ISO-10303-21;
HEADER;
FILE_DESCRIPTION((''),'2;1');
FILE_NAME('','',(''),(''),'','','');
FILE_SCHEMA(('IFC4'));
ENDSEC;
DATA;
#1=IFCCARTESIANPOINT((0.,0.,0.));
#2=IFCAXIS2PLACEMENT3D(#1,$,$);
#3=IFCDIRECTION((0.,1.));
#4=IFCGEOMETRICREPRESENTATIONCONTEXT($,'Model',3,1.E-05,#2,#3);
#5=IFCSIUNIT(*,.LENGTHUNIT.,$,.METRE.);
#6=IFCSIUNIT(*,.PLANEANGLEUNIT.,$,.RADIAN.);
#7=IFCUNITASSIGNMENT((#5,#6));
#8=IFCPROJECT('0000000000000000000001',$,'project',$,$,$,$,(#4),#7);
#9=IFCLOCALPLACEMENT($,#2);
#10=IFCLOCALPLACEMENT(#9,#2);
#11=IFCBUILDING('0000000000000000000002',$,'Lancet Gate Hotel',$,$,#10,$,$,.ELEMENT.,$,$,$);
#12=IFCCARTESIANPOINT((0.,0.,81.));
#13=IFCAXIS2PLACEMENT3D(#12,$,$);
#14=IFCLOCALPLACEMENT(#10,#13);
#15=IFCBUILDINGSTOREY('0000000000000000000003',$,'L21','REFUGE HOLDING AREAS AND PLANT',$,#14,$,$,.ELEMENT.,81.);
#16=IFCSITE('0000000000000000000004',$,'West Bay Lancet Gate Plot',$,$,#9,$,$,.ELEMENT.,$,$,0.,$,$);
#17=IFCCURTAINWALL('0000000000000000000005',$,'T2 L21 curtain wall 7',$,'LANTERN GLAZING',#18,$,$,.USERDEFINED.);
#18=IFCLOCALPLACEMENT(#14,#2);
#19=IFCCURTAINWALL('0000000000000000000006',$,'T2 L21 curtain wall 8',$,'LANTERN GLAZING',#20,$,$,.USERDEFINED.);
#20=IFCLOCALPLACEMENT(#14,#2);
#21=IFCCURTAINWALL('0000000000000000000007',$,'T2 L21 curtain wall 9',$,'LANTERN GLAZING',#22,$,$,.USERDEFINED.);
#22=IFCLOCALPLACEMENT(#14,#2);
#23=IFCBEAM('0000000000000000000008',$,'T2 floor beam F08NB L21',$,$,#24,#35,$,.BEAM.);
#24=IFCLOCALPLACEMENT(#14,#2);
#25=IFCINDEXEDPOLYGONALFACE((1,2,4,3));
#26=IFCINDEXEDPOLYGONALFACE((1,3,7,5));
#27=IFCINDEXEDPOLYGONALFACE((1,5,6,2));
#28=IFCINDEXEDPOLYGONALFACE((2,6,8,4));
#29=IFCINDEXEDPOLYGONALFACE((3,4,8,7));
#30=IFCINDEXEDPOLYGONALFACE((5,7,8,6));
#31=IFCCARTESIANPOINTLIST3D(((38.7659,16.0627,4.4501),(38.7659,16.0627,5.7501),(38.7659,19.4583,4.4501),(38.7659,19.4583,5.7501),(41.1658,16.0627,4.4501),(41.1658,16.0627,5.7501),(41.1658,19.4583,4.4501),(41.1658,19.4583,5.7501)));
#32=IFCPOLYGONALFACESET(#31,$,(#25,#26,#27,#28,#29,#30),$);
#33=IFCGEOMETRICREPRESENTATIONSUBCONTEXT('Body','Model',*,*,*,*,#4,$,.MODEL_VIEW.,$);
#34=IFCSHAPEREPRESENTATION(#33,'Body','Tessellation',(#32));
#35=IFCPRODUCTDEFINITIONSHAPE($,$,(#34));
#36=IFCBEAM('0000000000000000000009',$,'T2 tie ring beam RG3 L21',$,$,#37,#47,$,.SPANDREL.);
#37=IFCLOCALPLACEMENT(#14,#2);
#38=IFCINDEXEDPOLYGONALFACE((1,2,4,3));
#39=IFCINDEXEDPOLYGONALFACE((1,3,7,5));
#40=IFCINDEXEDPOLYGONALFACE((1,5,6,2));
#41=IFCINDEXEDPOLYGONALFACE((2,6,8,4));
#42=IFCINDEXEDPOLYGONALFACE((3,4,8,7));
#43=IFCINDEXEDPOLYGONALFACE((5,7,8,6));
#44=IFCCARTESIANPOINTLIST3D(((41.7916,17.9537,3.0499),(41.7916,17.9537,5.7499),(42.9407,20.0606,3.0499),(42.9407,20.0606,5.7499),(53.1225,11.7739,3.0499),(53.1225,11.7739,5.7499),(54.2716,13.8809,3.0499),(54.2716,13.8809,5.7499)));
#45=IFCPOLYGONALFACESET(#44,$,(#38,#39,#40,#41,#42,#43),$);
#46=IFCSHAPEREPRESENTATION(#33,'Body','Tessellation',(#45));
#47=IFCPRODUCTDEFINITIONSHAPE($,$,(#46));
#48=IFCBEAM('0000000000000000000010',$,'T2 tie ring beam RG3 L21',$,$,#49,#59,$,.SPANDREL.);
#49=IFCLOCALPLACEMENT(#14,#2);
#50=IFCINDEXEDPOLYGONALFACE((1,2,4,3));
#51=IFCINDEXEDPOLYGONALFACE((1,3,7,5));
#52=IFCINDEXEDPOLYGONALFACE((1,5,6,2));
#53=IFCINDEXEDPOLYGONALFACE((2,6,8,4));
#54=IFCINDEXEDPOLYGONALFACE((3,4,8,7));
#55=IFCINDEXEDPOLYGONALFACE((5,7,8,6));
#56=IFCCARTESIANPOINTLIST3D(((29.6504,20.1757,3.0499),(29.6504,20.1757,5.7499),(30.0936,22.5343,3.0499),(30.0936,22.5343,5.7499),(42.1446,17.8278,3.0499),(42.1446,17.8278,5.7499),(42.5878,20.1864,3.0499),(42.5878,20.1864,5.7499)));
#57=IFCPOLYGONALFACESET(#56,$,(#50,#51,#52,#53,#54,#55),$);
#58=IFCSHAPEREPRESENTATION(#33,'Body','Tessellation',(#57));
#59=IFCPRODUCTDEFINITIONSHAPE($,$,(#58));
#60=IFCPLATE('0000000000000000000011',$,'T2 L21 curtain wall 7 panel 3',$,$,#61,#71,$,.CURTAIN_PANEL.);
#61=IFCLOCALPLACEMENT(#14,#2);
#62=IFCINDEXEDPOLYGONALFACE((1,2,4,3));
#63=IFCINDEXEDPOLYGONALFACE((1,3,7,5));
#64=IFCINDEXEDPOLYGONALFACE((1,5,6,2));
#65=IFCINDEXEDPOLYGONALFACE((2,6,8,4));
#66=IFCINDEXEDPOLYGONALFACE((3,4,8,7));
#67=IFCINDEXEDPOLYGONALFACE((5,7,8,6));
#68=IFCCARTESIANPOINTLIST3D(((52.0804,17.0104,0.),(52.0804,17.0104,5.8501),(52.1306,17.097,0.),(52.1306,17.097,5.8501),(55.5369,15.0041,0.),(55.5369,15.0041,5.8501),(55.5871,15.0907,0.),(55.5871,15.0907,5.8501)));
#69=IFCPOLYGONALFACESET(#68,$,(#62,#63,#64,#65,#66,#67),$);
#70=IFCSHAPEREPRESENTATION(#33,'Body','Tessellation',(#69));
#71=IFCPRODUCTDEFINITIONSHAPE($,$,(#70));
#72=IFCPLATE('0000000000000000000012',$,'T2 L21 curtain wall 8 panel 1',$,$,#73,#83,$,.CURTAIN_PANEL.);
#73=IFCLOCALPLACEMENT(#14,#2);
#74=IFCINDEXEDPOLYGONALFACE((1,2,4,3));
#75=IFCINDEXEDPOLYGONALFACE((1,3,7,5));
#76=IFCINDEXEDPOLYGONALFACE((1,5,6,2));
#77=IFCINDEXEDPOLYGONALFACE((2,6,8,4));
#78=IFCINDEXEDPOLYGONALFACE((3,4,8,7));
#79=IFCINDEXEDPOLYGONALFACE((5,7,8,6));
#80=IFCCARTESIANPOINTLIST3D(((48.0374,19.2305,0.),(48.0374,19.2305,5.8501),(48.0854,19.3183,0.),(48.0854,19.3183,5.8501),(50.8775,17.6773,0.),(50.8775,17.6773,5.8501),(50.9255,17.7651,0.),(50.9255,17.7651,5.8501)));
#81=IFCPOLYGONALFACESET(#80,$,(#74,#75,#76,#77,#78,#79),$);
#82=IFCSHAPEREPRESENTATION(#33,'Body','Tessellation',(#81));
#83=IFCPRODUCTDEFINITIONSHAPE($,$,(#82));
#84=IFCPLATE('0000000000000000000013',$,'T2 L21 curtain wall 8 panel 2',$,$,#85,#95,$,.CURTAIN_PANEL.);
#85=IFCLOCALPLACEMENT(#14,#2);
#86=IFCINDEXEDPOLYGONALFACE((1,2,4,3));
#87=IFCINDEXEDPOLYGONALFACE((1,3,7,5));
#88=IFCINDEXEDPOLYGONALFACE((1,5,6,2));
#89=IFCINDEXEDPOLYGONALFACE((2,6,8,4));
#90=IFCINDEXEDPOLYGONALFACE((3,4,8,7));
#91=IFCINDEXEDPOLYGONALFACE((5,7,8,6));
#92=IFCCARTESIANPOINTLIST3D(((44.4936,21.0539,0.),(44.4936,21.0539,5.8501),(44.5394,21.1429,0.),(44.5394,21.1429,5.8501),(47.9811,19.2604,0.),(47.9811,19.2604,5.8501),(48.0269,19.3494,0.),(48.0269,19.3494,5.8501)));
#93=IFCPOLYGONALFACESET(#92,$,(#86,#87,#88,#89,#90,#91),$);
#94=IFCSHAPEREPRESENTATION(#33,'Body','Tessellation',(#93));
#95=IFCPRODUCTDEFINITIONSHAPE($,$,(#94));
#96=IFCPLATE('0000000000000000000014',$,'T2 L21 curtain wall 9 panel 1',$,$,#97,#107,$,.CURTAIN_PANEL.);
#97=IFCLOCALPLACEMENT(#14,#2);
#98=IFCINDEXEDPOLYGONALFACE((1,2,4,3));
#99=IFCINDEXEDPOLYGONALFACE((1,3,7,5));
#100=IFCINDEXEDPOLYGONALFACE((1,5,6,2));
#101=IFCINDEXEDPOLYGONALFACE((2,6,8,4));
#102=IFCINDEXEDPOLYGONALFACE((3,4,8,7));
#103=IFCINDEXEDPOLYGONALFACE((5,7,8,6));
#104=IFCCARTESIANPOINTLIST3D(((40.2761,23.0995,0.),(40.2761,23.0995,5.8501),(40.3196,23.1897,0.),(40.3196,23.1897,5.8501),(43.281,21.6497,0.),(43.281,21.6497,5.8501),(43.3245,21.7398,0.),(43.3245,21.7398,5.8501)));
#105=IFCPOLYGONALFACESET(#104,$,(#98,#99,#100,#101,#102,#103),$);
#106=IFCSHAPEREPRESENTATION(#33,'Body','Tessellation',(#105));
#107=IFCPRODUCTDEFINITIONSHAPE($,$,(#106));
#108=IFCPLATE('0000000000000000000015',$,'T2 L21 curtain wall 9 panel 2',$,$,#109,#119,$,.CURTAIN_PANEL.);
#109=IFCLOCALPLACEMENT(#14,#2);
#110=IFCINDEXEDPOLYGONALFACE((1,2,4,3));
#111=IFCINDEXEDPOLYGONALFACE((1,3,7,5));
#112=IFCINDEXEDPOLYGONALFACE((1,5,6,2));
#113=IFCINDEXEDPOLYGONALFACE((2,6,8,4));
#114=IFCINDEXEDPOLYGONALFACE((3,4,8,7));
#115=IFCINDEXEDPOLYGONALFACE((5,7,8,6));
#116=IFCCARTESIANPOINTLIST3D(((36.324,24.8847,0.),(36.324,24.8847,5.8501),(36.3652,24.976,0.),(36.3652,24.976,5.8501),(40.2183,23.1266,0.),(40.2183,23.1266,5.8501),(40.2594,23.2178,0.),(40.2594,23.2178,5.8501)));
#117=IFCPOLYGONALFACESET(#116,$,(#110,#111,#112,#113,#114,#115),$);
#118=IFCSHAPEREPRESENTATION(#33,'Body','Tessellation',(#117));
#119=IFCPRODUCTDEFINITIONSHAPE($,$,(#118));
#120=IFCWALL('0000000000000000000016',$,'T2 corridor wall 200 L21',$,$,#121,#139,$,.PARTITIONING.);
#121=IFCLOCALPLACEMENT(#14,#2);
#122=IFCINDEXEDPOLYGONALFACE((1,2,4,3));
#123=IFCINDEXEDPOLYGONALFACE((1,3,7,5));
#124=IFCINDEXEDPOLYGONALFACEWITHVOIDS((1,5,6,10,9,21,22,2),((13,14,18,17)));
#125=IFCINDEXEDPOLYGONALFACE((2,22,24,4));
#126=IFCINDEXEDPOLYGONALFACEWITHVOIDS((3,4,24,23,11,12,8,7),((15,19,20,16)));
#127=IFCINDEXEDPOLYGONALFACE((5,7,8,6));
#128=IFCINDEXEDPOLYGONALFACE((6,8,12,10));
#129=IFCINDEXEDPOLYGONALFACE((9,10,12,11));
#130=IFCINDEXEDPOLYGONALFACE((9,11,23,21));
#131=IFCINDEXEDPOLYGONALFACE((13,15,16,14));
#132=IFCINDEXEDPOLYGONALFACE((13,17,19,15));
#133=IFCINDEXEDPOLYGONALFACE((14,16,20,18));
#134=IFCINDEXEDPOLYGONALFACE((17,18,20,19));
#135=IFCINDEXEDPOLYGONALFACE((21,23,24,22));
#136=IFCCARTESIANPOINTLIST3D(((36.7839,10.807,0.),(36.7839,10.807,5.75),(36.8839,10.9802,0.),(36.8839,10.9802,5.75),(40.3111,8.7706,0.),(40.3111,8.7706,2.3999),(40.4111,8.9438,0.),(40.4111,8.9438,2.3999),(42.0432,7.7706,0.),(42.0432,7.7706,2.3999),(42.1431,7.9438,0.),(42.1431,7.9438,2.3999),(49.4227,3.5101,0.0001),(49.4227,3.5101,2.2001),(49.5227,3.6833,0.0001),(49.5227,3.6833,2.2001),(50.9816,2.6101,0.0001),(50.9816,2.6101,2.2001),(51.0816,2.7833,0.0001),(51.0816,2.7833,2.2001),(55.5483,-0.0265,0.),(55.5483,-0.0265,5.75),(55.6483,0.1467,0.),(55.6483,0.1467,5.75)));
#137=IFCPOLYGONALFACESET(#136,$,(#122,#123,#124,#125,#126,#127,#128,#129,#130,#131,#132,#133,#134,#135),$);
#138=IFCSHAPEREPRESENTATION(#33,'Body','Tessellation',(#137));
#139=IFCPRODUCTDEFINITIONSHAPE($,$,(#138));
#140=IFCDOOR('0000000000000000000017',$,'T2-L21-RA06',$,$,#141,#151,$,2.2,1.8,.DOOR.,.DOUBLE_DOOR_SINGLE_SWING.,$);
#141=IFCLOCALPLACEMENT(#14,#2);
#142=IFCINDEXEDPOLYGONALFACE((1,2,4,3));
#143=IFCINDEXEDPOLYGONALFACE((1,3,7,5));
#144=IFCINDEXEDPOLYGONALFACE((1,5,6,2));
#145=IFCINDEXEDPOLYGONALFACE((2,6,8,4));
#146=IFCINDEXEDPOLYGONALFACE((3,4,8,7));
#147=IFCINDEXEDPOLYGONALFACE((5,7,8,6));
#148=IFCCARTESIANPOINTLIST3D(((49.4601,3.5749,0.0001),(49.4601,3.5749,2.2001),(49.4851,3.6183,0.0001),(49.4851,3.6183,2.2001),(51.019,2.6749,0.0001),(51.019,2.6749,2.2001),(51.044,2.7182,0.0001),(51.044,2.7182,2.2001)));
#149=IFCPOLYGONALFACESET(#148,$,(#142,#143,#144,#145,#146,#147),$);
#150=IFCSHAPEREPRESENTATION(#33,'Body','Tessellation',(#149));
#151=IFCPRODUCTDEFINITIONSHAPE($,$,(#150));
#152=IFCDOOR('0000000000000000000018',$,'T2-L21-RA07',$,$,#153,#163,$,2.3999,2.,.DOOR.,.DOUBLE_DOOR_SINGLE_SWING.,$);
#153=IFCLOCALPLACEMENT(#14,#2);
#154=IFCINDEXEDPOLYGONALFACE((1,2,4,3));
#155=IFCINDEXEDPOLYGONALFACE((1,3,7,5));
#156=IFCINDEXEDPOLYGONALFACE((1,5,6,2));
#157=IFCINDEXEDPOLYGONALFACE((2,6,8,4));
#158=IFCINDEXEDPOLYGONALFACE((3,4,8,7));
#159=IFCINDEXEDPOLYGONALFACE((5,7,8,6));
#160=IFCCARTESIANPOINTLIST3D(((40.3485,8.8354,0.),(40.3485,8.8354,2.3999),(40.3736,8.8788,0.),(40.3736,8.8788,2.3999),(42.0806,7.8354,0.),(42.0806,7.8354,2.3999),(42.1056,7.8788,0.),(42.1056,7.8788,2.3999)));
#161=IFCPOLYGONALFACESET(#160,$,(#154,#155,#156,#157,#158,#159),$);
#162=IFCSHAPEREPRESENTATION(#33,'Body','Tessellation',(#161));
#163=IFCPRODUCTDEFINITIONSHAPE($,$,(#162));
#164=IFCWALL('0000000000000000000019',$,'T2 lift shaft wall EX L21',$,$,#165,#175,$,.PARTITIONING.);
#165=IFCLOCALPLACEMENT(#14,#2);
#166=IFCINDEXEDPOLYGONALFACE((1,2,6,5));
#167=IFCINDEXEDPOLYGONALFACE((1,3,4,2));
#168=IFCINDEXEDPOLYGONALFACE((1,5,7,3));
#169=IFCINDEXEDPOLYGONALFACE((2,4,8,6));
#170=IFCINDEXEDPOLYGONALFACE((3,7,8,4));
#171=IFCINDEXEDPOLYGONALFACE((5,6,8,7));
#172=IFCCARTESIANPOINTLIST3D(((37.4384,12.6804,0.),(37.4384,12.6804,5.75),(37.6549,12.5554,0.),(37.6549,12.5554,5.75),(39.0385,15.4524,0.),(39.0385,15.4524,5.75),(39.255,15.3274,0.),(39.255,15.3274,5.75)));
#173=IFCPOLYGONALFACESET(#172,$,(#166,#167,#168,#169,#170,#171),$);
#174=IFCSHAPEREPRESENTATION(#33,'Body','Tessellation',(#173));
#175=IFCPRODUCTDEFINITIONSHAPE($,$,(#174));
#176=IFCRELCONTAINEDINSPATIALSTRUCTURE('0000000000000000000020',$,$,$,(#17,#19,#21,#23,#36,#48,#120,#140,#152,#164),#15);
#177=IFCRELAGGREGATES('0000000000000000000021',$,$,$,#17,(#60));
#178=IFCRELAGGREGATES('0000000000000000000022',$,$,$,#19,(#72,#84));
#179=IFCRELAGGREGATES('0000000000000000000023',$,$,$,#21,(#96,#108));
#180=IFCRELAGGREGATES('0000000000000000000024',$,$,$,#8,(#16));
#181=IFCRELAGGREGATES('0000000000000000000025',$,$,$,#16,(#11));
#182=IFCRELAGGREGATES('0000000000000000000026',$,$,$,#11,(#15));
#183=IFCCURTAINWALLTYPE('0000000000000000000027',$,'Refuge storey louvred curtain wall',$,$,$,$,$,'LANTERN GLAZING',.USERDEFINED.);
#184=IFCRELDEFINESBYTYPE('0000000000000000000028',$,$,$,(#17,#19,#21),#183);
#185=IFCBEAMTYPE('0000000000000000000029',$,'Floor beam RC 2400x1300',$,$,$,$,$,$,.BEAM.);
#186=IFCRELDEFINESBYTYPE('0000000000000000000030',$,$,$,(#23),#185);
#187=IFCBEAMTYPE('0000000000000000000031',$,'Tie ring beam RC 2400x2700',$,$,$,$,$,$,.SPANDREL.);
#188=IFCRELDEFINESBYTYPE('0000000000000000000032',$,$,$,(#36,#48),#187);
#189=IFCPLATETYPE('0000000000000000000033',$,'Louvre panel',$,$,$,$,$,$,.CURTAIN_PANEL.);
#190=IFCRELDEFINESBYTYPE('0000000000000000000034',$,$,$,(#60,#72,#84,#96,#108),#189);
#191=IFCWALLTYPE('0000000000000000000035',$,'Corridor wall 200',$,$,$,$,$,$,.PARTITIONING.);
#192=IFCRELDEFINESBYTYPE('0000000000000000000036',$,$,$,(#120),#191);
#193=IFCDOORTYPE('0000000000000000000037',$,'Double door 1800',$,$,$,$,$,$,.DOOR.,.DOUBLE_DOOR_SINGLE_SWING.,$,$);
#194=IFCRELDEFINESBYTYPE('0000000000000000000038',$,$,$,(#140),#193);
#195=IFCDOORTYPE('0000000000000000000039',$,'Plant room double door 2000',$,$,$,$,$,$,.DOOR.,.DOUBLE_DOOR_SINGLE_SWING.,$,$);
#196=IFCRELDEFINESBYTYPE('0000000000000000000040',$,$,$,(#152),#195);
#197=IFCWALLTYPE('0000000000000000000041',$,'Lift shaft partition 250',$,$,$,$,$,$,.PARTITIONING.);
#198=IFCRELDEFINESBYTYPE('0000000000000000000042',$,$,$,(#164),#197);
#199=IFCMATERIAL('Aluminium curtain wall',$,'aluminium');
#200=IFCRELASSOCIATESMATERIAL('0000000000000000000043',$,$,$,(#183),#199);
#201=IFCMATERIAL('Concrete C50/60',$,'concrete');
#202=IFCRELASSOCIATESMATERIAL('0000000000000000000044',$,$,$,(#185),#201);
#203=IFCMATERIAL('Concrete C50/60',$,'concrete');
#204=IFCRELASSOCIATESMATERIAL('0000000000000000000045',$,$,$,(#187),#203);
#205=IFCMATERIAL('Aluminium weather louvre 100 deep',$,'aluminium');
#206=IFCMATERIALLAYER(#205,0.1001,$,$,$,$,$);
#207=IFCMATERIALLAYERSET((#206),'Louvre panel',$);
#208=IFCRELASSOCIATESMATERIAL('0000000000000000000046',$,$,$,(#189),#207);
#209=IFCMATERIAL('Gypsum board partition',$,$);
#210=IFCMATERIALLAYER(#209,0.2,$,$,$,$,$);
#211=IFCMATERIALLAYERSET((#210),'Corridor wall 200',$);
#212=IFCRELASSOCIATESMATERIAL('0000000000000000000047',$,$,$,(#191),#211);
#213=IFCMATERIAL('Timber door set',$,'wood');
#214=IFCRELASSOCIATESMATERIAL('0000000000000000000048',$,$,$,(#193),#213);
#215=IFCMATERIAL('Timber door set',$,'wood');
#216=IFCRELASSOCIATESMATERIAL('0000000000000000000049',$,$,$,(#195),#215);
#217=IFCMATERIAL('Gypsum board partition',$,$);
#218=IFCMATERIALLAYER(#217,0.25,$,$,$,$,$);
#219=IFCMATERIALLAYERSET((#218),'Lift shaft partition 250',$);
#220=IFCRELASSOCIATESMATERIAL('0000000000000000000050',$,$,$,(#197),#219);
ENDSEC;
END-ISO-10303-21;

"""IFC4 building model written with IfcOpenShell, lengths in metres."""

from ifc_helpers import new_model, si_unit, direction, frame, frame_2d, origin, origin_2d, place, context, subcontext, project, spatial, rectangle, extrude, material, layer, layer_set, material_profile, profile_set, type_object, element, fill, aggregate, save


model = new_model("IFC4")

# Units and contexts
model_context = context("Model", 3, precision=1e-05, world=origin(), true_north=direction((0.0, 1.0)))
body_context = subcontext(model_context, "Body", "Model", "MODEL_VIEW")
ifc_project = project(units=[si_unit("LENGTHUNIT", "METRE"), si_unit("PLANEANGLEUNIT", "RADIAN")], contexts=[model_context])

# Site, building, storey
site_placement = place(None, origin())
site = spatial("IfcSite", under=ifc_project, at=site_placement, Name="West Bay Lancet Gate Plot", CompositionType="ELEMENT", RefElevation=0.0)
building_placement = place(site_placement, origin())
building = spatial("IfcBuilding", under=site, at=building_placement, Name="Lancet Gate Hotel", CompositionType="ELEMENT")
storey_placement = place(building_placement, frame((0.0, 0.0, 81.0)))
storey = spatial("IfcBuildingStorey", under=building, at=storey_placement, Name="L21", Description="REFUGE HOLDING AREAS AND PLANT", CompositionType="ELEMENT", Elevation=81.0)

# Curtain wall
ifc_material_1 = material(Name="Aluminium curtain wall", Category="aluminium")
curtain_wall_type = type_object("IfcCurtainWallType", Name="Refuge storey louvred curtain wall", ElementType="LANTERN GLAZING", PredefinedType="USERDEFINED", material=ifc_material_1)
curtain_wall_1_placement = place(storey_placement, origin())
curtain_wall_1 = element("IfcCurtainWall", 1, at=curtain_wall_1_placement, inside=storey, type_object=curtain_wall_type, Name="T2 L21 curtain wall 7", ObjectType="LANTERN GLAZING", PredefinedType="USERDEFINED")

# Curtain walls
curtain_wall_2_placement = place(storey_placement, origin())
curtain_wall_2 = element("IfcCurtainWall", 2, at=curtain_wall_2_placement, inside=storey, type_object=curtain_wall_type, Name="T2 L21 curtain wall 8", ObjectType="LANTERN GLAZING", PredefinedType="USERDEFINED")
curtain_wall_3_placement = place(storey_placement, origin())
curtain_wall_3 = element("IfcCurtainWall", 3, at=curtain_wall_3_placement, inside=storey, type_object=curtain_wall_type, Name="T2 L21 curtain wall 9", ObjectType="LANTERN GLAZING", PredefinedType="USERDEFINED")

# Beams
ifc_material_2 = material(Name="Concrete C50/60", Category="concrete")
ifc_material_profile_1 = material_profile(ifc_material_2, rectangle(XDim=2.3999, YDim=1.3, at=origin_2d()), Name="RC 2400x1300")
ifc_profile_set_1 = profile_set([ifc_material_profile_1], Name="Concrete C50/60")
beam_type_1 = type_object("IfcBeamType", Name="Floor beam RC 2400x1300", PredefinedType="BEAM", material=ifc_profile_set_1)
beam_1_placement = place(storey_placement, frame((39.9658, 16.0627, 5.1001), z_axis=(0.0, 1.0, 0.0), x_axis=(-1.0, 0.0, 0.0)))
element("IfcBeam", 4, at=beam_1_placement, inside=storey, type_object=beam_type_1, Name="T2 floor beam F08NB L21", PredefinedType="BEAM", context=body_context, shape_type="SweptSolid", body=[
    extrude(rectangle(XDim=2.3999, YDim=1.3, at=origin_2d()), origin(), (0.0, 0.0, 1.0), 3.3955),
])
ifc_material_3 = material(Name="Concrete C50/60", Category="concrete")
ifc_material_profile_2 = material_profile(ifc_material_3, rectangle(XDim=2.3999, YDim=2.7, at=origin_2d()), Name="RC 2400x2700")
ifc_profile_set_2 = profile_set([ifc_material_profile_2], Name="Concrete C50/60")
beam_type_2 = type_object("IfcBeamType", Name="Tie ring beam RC 2400x2700", PredefinedType="SPANDREL", material=ifc_profile_set_2)
beam_2_placement = place(storey_placement, frame((53.697, 12.8274, 4.3999), z_axis=(-0.87792, 0.478807, 0.0), x_axis=(-0.478807, -0.87792, 0.0)))
element("IfcBeam", 5, at=beam_2_placement, inside=storey, type_object=beam_type_2, Name="T2 tie ring beam RG3 L21", PredefinedType="SPANDREL", context=body_context, shape_type="SweptSolid", body=[
    extrude(rectangle(XDim=2.3999, YDim=2.7, at=origin_2d()), origin(), (0.0, 0.0, 1.0), 12.9065),
])
beam_3_placement = place(storey_placement, frame((42.3662, 19.0071, 4.3999), z_axis=(-0.982797, 0.184687, 0.0), x_axis=(-0.184687, -0.982797, 0.0)))
element("IfcBeam", 6, at=beam_3_placement, inside=storey, type_object=beam_type_2, Name="T2 tie ring beam RG3 L21", PredefinedType="SPANDREL", context=body_context, shape_type="SweptSolid", body=[
    extrude(rectangle(XDim=2.3999, YDim=2.7, at=origin_2d()), origin(), (0.0, 0.0, 1.0), 12.7129),
])

# Plates
ifc_material_4 = material(Name="Aluminium weather louvre 100 deep", Category="aluminium")
ifc_layer_1 = layer(ifc_material_4, 0.1001)
ifc_layer_set_1 = layer_set([ifc_layer_1], Name="Louvre panel")
plate_type = type_object("IfcPlateType", Name="Louvre panel", PredefinedType="CURTAIN_PANEL", material=ifc_layer_set_1)
plate_1_placement = place(storey_placement, frame((53.8337, 16.0505, 0.0), z_axis=(0.0, 0.0, 1.0), x_axis=(-0.864872, 0.501993, 0.0)))
plate_1 = element("IfcPlate", 7, at=plate_1_placement, type_object=plate_type, Name="T2 L21 curtain wall 7 panel 3", PredefinedType="CURTAIN_PANEL", context=body_context, shape_type="SweptSolid", body=[
    extrude(rectangle(XDim=3.9966, YDim=0.1001, at=origin_2d()), origin(), (0.0, 0.0, 1.0), 5.8501),
])
aggregate(curtain_wall_1, [plate_1])
plate_2_placement = place(storey_placement, frame((49.4814, 18.4978, 0.0), z_axis=(0.0, 0.0, 1.0), x_axis=(-0.877368, 0.479818, 0.0)))
plate_2 = element("IfcPlate", 8, at=plate_2_placement, type_object=plate_type, Name="T2 L21 curtain wall 8 panel 1", PredefinedType="CURTAIN_PANEL", context=body_context, shape_type="SweptSolid", body=[
    extrude(rectangle(XDim=3.2371, YDim=0.1001, at=origin_2d()), origin(), (0.0, 0.0, 1.0), 5.8501),
])
plate_3_placement = place(storey_placement, frame((46.2603, 20.2017, 0.0), z_axis=(0.0, 0.0, 1.0), x_axis=(-0.889296, 0.457332, 0.0)))
plate_3 = element("IfcPlate", 9, at=plate_3_placement, type_object=plate_type, Name="T2 L21 curtain wall 8 panel 2", PredefinedType="CURTAIN_PANEL", context=body_context, shape_type="SweptSolid", body=[
    extrude(rectangle(XDim=3.9216, YDim=0.1001, at=origin_2d()), origin(), (0.0, 0.0, 1.0), 5.8501),
])
aggregate(curtain_wall_2, [plate_2, plate_3])
plate_4_placement = place(storey_placement, frame((41.8003, 22.4197, 0.0), z_axis=(0.0, 0.0, 1.0), x_axis=(-0.900647, 0.43455, 0.0)))
plate_4 = element("IfcPlate", 10, at=plate_4_placement, type_object=plate_type, Name="T2 L21 curtain wall 9 panel 1", PredefinedType="CURTAIN_PANEL", context=body_context, shape_type="SweptSolid", body=[
    extrude(rectangle(XDim=3.3364, YDim=0.1001, at=origin_2d()), origin(), (0.0, 0.0, 1.0), 5.8501),
])
plate_5_placement = place(storey_placement, frame((38.2917, 24.0513, 0.0), z_axis=(0.0, 0.0, 1.0), x_axis=(-0.911416, 0.411487, 0.0)))
plate_5 = element("IfcPlate", 11, at=plate_5_placement, type_object=plate_type, Name="T2 L21 curtain wall 9 panel 2", PredefinedType="CURTAIN_PANEL", context=body_context, shape_type="SweptSolid", body=[
    extrude(rectangle(XDim=4.2727, YDim=0.1001, at=origin_2d()), origin(), (0.0, 0.0, 1.0), 5.8501),
])
aggregate(curtain_wall_3, [plate_4, plate_5])

# Wall, openings, doors
ifc_material_5 = material(Name="Gypsum board partition")
ifc_layer_2 = layer(ifc_material_5, 0.2)
ifc_layer_set_2 = layer_set([ifc_layer_2], Name="Corridor wall 200")
wall_type_1 = type_object("IfcWallType", Name="Corridor wall 200", PredefinedType="PARTITIONING", material=ifc_layer_set_2)
wall_1_placement = place(storey_placement, frame((36.834, 10.8936, 0.0), z_axis=(0.0, 0.0, 1.0), x_axis=(0.866028, -0.499995, 0.0)))
wall_1 = element("IfcWall", 12, at=wall_1_placement, inside=storey, type_object=wall_type_1, Name="T2 corridor wall 200 L21", PredefinedType="PARTITIONING", context=body_context, shape_type="SweptSolid", body=[
    extrude(rectangle(XDim=21.6672, YDim=0.2, at=frame_2d((10.8335, 0.0))), origin(), (0.0, 0.0, 1.0), 5.75),
])
opening_1_placement = place(wall_1_placement, frame((14.594, 0.0, 0.0)))
opening_1 = element("IfcOpeningElement", 13, at=opening_1_placement, cuts=wall_1, PredefinedType="OPENING", context=body_context, shape_type="SweptSolid", body=[
    extrude(rectangle(XDim=1.8, YDim=2.2, at=frame_2d((0.8999, 1.1001))), frame((0.0, 0.1099, 0.0), z_axis=(0.0, -1.0, 0.0), x_axis=(1.0, 0.0, 0.0)), (0.0, 0.0, 1.0), 0.22),
])
opening_2_placement = place(wall_1_placement, frame((4.0728, 0.0, 0.0)))
opening_2 = element("IfcOpeningElement", 14, at=opening_2_placement, cuts=wall_1, PredefinedType="OPENING", context=body_context, shape_type="SweptSolid", body=[
    extrude(rectangle(XDim=2.0, YDim=2.3999, at=frame_2d((1.0, 1.2))), frame((0.0, 0.1099, 0.0), z_axis=(0.0, -1.0, 0.0), x_axis=(1.0, 0.0, 0.0)), (0.0, 0.0, 1.0), 0.22),
])
ifc_material_6 = material(Name="Timber door set", Category="wood")
door_type_1 = type_object("IfcDoorType", Name="Double door 1800", OperationType="DOUBLE_DOOR_SINGLE_SWING", PredefinedType="DOOR", material=ifc_material_6)
door_1_placement = place(opening_1_placement, origin())
door_1 = element("IfcDoor", 15, at=door_1_placement, inside=storey, type_object=door_type_1, Name="T2-L21-RA06", OperationType="DOUBLE_DOOR_SINGLE_SWING", OverallHeight=2.2, OverallWidth=1.8, PredefinedType="DOOR", context=body_context, shape_type="SweptSolid", body=[
    extrude(rectangle(XDim=1.8, YDim=2.2, at=frame_2d((0.8999, 1.1001))), frame((0.0, 0.0249, 0.0), z_axis=(0.0, -1.0, 0.0), x_axis=(1.0, 0.0, 0.0)), (0.0, 0.0, 1.0), 0.05),
])
fill(opening_1, door_1)
ifc_material_7 = material(Name="Timber door set", Category="wood")
door_type_2 = type_object("IfcDoorType", Name="Plant room double door 2000", OperationType="DOUBLE_DOOR_SINGLE_SWING", PredefinedType="DOOR", material=ifc_material_7)
door_2_placement = place(opening_2_placement, origin())
door_2 = element("IfcDoor", 16, at=door_2_placement, inside=storey, type_object=door_type_2, Name="T2-L21-RA07", OperationType="DOUBLE_DOOR_SINGLE_SWING", OverallHeight=2.3999, OverallWidth=2.0, PredefinedType="DOOR", context=body_context, shape_type="SweptSolid", body=[
    extrude(rectangle(XDim=2.0, YDim=2.3999, at=frame_2d((1.0, 1.2))), frame((0.0, 0.0249, 0.0), z_axis=(0.0, -1.0, 0.0), x_axis=(1.0, 0.0, 0.0)), (0.0, 0.0, 1.0), 0.05),
])
fill(opening_2, door_2)

# Wall
ifc_material_8 = material(Name="Gypsum board partition")
ifc_layer_3 = layer(ifc_material_8, 0.25)
ifc_layer_set_3 = layer_set([ifc_layer_3], Name="Lift shaft partition 250")
wall_type_2 = type_object("IfcWallType", Name="Lift shaft partition 250", PredefinedType="PARTITIONING", material=ifc_layer_set_3)
wall_2_placement = place(storey_placement, frame((37.5466, 12.6179, 0.0), z_axis=(0.0, 0.0, 1.0), x_axis=(0.499929, 0.866066, 0.0)))
element("IfcWall", 17, at=wall_2_placement, inside=storey, type_object=wall_type_2, Name="T2 lift shaft wall EX L21", PredefinedType="PARTITIONING", context=body_context, shape_type="SweptSolid", body=[
    extrude(rectangle(XDim=3.2007, YDim=0.25, at=frame_2d((1.6003, 0.0))), origin(), (0.0, 0.0, 1.0), 5.75),
])

save(model, "model.ifc")
